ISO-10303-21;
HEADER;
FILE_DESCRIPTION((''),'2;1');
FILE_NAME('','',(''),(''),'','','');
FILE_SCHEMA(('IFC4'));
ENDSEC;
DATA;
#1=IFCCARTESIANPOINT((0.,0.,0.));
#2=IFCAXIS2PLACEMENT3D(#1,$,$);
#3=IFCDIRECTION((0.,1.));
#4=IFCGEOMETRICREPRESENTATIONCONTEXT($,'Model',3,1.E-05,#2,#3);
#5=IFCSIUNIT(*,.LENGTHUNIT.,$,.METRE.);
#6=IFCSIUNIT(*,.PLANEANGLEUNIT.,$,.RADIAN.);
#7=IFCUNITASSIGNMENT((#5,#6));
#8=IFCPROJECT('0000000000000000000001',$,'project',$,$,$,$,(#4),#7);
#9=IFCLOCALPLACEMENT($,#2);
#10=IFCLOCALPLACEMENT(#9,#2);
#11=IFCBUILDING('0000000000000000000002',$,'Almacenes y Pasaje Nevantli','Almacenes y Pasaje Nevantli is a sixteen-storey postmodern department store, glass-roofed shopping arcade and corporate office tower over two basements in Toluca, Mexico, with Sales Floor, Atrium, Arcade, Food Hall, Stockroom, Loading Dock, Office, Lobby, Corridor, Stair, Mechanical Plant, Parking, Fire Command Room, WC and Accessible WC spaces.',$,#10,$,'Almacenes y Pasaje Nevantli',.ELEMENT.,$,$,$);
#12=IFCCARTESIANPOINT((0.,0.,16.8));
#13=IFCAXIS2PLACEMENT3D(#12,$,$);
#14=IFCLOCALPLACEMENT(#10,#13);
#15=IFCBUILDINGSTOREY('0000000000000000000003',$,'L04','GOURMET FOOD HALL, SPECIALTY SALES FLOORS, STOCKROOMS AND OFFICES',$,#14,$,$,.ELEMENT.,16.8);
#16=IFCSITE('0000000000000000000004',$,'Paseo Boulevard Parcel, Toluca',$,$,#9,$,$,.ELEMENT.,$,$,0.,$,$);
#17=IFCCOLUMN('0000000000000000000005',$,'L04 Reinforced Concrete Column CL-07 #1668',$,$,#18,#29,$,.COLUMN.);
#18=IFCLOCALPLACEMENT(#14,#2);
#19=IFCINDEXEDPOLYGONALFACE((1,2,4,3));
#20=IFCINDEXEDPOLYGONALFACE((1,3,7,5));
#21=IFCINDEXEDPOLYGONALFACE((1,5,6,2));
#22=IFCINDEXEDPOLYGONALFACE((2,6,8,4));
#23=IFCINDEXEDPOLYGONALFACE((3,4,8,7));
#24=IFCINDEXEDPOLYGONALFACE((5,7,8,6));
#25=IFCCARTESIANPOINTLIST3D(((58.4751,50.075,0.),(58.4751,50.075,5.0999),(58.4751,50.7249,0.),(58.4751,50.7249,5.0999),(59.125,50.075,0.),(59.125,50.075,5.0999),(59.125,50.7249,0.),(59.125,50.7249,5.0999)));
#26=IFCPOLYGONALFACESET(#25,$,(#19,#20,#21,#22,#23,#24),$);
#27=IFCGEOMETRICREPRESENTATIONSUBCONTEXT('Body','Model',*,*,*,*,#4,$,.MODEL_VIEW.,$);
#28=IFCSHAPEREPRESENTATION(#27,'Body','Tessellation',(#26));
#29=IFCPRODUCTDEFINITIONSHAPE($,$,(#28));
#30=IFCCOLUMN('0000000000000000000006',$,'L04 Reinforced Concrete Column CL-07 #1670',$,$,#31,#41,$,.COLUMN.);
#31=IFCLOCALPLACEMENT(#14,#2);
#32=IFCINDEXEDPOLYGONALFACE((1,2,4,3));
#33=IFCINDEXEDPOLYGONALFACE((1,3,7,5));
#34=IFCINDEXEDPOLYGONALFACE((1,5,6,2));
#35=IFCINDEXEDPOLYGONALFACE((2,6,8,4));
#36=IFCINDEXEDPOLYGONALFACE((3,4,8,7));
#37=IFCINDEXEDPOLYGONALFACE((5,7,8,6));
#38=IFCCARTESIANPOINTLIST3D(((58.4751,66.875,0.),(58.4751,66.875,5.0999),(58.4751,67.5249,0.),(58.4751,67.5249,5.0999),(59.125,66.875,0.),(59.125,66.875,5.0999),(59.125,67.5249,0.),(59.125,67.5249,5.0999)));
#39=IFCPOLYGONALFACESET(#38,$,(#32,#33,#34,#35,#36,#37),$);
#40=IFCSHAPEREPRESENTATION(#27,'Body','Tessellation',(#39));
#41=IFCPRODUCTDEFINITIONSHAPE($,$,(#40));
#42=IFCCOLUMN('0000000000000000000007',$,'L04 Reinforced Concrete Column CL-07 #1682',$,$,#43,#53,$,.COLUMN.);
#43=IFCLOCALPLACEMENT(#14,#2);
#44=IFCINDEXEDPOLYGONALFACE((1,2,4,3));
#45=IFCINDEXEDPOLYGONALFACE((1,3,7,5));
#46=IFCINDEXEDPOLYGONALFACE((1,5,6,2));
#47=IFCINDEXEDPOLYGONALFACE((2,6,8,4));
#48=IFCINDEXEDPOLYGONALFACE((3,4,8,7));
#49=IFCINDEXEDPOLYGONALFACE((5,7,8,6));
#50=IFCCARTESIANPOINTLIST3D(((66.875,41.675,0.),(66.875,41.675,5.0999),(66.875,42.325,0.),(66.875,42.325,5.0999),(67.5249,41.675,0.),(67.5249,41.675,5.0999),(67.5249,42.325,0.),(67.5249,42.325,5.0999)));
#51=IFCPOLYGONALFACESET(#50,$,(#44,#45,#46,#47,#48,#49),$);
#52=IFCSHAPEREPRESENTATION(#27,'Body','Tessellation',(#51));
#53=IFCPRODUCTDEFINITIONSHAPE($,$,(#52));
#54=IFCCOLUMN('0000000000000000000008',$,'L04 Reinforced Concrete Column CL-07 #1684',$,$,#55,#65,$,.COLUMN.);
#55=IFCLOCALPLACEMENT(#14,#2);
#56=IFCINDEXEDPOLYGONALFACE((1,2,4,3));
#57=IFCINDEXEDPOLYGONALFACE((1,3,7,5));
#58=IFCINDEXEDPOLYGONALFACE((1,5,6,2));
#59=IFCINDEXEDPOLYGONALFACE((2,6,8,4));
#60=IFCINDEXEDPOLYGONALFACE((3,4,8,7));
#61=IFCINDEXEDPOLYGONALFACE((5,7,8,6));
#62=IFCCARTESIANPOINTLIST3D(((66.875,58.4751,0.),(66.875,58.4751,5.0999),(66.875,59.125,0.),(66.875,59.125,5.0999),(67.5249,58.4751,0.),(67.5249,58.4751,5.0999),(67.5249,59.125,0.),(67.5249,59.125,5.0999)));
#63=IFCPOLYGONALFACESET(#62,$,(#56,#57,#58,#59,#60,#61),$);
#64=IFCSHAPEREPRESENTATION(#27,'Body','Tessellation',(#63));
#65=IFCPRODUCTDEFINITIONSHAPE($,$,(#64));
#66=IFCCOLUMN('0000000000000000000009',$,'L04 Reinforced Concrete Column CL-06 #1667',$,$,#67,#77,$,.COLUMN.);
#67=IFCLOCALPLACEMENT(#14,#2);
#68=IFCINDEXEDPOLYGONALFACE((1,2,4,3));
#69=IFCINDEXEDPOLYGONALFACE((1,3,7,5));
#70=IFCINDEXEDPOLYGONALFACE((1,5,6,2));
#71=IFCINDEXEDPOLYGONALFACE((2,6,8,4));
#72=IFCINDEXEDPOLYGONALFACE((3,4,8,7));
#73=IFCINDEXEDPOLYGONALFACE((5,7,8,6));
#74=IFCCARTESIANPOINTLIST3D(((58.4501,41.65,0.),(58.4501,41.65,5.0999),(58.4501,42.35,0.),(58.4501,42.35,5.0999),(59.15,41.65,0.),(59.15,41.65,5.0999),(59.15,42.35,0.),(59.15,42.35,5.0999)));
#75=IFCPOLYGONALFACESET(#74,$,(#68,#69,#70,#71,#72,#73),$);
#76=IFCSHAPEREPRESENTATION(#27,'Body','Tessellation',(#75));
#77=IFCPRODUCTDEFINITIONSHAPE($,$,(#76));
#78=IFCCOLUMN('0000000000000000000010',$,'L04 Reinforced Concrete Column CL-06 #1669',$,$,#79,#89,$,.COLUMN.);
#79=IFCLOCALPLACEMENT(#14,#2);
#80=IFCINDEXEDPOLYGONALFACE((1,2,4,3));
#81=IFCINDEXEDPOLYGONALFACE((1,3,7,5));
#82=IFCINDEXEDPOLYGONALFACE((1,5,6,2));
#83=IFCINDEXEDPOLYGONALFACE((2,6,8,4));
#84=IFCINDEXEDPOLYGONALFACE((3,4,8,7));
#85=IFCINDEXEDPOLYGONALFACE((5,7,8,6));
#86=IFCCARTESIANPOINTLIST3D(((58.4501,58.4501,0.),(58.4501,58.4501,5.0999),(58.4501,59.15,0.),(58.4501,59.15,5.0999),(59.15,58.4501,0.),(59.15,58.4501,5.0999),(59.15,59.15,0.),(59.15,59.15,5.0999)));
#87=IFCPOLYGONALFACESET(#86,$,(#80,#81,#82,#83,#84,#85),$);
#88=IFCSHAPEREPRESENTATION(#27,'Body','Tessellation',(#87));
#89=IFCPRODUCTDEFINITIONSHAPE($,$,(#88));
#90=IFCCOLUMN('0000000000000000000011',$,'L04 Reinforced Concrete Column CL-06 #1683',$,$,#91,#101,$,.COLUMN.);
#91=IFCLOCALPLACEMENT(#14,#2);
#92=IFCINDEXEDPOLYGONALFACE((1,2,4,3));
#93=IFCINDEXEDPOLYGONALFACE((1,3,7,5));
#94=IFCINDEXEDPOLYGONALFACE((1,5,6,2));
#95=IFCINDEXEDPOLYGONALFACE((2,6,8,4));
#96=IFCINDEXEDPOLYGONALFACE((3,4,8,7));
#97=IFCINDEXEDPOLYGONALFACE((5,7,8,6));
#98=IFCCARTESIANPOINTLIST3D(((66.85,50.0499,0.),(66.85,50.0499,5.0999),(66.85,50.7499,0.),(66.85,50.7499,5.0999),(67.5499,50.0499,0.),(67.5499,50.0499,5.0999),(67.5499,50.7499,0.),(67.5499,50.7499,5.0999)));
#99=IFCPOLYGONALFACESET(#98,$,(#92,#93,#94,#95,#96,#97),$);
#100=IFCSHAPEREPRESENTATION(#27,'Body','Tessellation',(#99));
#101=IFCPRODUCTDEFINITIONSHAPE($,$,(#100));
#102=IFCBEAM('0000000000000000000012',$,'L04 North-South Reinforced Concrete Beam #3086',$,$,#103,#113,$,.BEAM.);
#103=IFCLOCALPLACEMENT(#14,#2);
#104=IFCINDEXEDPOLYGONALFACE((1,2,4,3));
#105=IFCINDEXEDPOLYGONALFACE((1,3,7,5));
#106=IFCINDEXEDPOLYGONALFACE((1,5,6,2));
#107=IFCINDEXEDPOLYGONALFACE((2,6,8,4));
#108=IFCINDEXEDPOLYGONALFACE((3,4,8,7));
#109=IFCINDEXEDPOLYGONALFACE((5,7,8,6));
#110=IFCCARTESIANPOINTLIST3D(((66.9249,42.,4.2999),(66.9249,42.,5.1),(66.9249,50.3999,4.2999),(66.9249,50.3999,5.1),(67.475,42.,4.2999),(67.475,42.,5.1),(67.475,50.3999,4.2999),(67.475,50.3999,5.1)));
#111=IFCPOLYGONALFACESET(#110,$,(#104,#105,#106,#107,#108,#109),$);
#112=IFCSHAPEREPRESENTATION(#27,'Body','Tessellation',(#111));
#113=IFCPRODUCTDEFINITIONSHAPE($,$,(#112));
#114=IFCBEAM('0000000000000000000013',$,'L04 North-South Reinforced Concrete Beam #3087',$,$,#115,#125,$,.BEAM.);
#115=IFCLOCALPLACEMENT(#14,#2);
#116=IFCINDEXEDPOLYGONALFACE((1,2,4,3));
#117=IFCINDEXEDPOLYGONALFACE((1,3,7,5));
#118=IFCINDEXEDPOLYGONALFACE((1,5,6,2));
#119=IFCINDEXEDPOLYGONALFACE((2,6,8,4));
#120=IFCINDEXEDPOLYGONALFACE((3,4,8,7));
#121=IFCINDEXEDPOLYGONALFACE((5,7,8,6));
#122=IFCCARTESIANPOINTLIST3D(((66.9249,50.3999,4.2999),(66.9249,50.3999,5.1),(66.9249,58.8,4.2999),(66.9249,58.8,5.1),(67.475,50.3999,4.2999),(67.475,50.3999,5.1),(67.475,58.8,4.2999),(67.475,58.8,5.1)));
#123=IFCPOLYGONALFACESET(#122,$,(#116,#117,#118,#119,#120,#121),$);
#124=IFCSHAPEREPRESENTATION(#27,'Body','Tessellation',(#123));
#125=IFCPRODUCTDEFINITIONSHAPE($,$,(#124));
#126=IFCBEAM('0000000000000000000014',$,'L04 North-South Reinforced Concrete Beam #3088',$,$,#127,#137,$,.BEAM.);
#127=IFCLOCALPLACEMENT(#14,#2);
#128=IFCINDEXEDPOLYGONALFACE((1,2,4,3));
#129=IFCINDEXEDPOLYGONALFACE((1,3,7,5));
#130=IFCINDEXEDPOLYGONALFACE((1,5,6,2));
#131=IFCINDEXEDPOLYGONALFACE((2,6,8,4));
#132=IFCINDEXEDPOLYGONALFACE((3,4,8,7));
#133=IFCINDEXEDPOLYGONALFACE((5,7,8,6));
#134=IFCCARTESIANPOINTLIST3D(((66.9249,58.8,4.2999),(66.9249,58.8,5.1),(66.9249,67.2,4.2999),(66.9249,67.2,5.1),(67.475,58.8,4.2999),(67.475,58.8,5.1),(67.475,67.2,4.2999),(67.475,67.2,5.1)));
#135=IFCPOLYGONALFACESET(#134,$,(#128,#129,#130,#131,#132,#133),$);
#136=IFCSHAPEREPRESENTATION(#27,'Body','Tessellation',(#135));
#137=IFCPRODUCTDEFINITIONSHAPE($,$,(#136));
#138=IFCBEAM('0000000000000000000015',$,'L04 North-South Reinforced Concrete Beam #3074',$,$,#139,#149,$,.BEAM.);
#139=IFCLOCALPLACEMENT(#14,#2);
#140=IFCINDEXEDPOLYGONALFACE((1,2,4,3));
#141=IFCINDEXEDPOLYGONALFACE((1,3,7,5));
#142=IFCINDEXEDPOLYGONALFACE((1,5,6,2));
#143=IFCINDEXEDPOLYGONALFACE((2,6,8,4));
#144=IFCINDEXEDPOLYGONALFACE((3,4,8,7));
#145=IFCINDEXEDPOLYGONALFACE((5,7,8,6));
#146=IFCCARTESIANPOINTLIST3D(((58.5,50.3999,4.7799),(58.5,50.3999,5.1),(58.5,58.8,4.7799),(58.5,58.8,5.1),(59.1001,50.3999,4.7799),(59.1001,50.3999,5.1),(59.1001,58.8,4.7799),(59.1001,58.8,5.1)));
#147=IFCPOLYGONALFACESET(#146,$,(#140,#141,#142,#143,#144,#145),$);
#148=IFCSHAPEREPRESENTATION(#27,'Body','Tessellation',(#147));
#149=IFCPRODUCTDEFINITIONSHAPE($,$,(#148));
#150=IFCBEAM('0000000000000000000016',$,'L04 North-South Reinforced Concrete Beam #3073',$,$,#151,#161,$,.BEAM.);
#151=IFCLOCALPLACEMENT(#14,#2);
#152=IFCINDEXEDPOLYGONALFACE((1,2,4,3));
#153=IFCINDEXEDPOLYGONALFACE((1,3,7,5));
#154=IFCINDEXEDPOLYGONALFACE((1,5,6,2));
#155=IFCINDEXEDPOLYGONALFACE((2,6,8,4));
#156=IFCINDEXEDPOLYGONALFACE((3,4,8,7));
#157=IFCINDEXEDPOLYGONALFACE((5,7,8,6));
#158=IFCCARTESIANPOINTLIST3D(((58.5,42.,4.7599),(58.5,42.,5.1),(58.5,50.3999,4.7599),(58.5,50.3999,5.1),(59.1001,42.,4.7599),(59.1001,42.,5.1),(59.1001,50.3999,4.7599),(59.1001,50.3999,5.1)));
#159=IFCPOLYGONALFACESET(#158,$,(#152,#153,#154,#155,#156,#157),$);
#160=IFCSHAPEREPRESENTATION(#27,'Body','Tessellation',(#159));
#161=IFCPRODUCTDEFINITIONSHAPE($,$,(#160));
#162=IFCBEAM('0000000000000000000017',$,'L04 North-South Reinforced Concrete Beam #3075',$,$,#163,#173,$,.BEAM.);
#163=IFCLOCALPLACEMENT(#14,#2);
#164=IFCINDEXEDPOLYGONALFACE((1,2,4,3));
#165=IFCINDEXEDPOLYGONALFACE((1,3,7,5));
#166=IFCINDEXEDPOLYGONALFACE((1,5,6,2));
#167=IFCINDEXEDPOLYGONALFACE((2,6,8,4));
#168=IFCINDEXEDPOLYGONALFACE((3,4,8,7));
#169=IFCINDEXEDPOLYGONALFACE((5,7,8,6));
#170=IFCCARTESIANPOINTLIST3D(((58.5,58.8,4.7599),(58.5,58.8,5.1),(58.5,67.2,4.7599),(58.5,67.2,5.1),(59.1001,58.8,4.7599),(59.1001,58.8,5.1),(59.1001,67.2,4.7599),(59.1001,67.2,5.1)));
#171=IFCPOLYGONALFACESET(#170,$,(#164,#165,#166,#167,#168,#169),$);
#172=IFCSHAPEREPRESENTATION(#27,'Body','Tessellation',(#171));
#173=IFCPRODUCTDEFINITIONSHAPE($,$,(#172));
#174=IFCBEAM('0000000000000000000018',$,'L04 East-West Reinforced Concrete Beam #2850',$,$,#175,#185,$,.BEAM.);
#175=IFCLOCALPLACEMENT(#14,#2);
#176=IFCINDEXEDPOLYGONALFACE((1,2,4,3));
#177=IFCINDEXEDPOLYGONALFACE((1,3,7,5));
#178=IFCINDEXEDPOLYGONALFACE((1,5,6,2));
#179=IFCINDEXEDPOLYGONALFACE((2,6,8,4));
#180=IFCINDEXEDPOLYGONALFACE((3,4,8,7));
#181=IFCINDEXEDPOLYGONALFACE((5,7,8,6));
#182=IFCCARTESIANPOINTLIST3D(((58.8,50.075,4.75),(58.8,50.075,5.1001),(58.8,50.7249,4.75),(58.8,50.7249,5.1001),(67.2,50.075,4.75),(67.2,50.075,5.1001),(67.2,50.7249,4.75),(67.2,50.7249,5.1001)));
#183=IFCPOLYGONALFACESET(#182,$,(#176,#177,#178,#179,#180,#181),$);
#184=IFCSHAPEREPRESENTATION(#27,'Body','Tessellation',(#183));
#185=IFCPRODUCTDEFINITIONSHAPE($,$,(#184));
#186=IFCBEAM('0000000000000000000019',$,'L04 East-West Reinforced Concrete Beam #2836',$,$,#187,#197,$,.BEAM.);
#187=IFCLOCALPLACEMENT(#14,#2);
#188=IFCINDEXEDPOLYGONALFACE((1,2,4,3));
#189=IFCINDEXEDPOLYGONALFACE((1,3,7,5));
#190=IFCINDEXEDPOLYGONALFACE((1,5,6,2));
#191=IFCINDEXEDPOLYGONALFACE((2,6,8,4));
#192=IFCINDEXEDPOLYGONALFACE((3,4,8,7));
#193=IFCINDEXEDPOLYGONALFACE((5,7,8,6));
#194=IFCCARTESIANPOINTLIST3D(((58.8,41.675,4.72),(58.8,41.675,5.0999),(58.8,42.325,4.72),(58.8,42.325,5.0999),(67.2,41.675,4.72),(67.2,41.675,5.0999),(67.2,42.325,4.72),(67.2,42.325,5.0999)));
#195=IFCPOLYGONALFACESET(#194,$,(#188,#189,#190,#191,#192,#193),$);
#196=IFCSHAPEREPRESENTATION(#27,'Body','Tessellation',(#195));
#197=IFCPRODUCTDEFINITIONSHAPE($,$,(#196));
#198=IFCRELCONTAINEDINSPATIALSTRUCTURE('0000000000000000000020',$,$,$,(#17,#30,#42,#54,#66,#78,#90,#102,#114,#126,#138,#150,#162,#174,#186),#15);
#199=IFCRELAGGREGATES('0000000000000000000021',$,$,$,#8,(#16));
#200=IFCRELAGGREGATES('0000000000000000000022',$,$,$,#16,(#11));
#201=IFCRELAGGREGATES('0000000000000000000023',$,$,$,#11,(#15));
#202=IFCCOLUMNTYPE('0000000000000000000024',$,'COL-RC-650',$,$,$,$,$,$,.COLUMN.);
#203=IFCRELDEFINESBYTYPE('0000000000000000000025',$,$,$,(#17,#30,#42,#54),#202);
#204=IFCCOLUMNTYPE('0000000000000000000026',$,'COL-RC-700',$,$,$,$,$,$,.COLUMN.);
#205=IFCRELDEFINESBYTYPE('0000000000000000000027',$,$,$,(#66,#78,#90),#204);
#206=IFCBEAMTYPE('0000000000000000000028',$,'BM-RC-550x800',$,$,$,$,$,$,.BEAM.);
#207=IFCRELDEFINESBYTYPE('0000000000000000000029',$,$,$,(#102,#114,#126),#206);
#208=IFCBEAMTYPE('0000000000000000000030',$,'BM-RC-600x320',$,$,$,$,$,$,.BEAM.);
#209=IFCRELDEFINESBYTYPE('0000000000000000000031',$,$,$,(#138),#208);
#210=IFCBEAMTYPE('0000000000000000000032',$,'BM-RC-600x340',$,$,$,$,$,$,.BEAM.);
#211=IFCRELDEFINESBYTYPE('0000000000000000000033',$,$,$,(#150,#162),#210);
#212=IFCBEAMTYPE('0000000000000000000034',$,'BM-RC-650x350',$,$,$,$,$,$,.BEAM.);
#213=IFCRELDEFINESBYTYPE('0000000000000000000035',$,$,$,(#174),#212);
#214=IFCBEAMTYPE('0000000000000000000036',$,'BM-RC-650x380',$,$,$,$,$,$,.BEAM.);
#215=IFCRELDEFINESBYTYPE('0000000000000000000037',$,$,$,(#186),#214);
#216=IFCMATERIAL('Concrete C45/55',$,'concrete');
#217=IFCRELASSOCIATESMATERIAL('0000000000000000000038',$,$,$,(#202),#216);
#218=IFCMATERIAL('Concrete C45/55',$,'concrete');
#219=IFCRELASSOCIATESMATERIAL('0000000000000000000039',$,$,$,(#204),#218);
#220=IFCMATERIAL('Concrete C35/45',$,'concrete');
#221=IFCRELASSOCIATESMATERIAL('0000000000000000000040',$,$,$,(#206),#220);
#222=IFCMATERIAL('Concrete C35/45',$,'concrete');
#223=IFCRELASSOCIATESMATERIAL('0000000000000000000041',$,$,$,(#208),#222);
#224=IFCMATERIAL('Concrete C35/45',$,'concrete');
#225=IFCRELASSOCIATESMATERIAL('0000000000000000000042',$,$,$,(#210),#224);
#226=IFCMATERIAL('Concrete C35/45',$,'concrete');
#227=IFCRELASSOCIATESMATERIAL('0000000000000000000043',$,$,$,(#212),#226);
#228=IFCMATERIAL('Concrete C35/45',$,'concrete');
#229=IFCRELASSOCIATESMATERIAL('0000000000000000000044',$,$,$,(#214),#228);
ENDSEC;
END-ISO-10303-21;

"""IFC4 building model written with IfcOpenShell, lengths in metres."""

from ifc_helpers import new_model, si_unit, direction, frame, origin, origin_2d, place, context, subcontext, project, spatial, rectangle, extrude, material, material_profile, profile_set, type_object, element, save


model = new_model("IFC4")

# Units and contexts
model_context = context("Model", 3, precision=1e-05, world=origin(), true_north=direction((0.0, 1.0)))
body_context = subcontext(model_context, "Body", "Model", "MODEL_VIEW")
ifc_project = project(units=[si_unit("LENGTHUNIT", "METRE"), si_unit("PLANEANGLEUNIT", "RADIAN")], contexts=[model_context])

# Site, building, storey
site_placement = place(None, origin())
site = spatial("IfcSite", under=ifc_project, at=site_placement, Name="Paseo Boulevard Parcel, Toluca", CompositionType="ELEMENT", RefElevation=0.0)
building_placement = place(site_placement, origin())
building = spatial("IfcBuilding", under=site, at=building_placement, Name="Almacenes y Pasaje Nevantli", Description="Almacenes y Pasaje Nevantli is a sixteen-storey postmodern department store, glass-roofed shopping arcade and corporate office tower over two basements in Toluca, Mexico, with Sales Floor, Atrium, Arcade, Food Hall, Stockroom, Loading Dock, Office, Lobby, Corridor, Stair, Mechanical Plant, Parking, Fire Command Room, WC and Accessible WC spaces.", LongName="Almacenes y Pasaje Nevantli", CompositionType="ELEMENT")
storey_placement = place(building_placement, frame((0.0, 0.0, 16.8)))
storey = spatial("IfcBuildingStorey", under=building, at=storey_placement, Name="L04", Description="GOURMET FOOD HALL, SPECIALTY SALES FLOORS, STOCKROOMS AND OFFICES", CompositionType="ELEMENT", Elevation=16.8)

# Columns
ifc_material_1 = material(Name="Concrete C45/55", Category="concrete")
ifc_material_profile_1 = material_profile(ifc_material_1, rectangle(XDim=0.6499, YDim=0.6499, at=origin_2d()), Name="RC-COL-650x650")
ifc_profile_set_1 = profile_set([ifc_material_profile_1], Name="Concrete C45/55")
column_type_1 = type_object("IfcColumnType", Name="COL-RC-650", PredefinedType="COLUMN", material=ifc_profile_set_1)
for number, where, z_axis, x_axis, name in (
    (1, (58.8, 50.3999, 0.0), (0.0, 0.0, 1.0), (1.0, 0.0, 0.0), "L04 Reinforced Concrete Column CL-07 #1668"),
    (2, (58.8, 67.2, 0.0), (0.0, 0.0, 1.0), (1.0, 0.0, 0.0), "L04 Reinforced Concrete Column CL-07 #1670"),
    (3, (67.2, 42.0, 0.0), (0.0, 0.0, 1.0), (1.0, 0.0, 0.0), "L04 Reinforced Concrete Column CL-07 #1682"),
    (4, (67.2, 58.8, 0.0), (0.0, 0.0, 1.0), (1.0, 0.0, 0.0), "L04 Reinforced Concrete Column CL-07 #1684"),
):
    element("IfcColumn", number, at=place(storey_placement, frame(where, z_axis=z_axis, x_axis=x_axis)), inside=storey, type_object=column_type_1, Name=name, PredefinedType="COLUMN", context=body_context, shape_type="SweptSolid", body=[
        extrude(rectangle(XDim=0.6499, YDim=0.6499, at=origin_2d()), origin(), (0.0, 0.0, 1.0), 5.0999),
    ])
ifc_material_2 = material(Name="Concrete C45/55", Category="concrete")
ifc_material_profile_2 = material_profile(ifc_material_2, rectangle(XDim=0.7, YDim=0.7, at=origin_2d()), Name="RC-COL-700x700")
ifc_profile_set_2 = profile_set([ifc_material_profile_2], Name="Concrete C45/55")
column_type_2 = type_object("IfcColumnType", Name="COL-RC-700", PredefinedType="COLUMN", material=ifc_profile_set_2)
for number, where, z_axis, x_axis, name in (
    (5, (58.8, 42.0, 0.0), (0.0, 0.0, 1.0), (1.0, 0.0, 0.0), "L04 Reinforced Concrete Column CL-06 #1667"),
    (6, (58.8, 58.8, 0.0), (0.0, 0.0, 1.0), (1.0, 0.0, 0.0), "L04 Reinforced Concrete Column CL-06 #1669"),
    (7, (67.2, 50.3999, 0.0), (0.0, 0.0, 1.0), (1.0, 0.0, 0.0), "L04 Reinforced Concrete Column CL-06 #1683"),
):
    element("IfcColumn", number, at=place(storey_placement, frame(where, z_axis=z_axis, x_axis=x_axis)), inside=storey, type_object=column_type_2, Name=name, PredefinedType="COLUMN", context=body_context, shape_type="SweptSolid", body=[
        extrude(rectangle(XDim=0.7, YDim=0.7, at=origin_2d()), origin(), (0.0, 0.0, 1.0), 5.0999),
    ])

# Beams
ifc_material_3 = material(Name="Concrete C35/45", Category="concrete")
ifc_material_profile_3 = material_profile(ifc_material_3, rectangle(XDim=0.55, YDim=0.8, at=origin_2d()), Name="RC-BM-550x800")
ifc_profile_set_3 = profile_set([ifc_material_profile_3], Name="Concrete C35/45")
beam_type_1 = type_object("IfcBeamType", Name="BM-RC-550x800", PredefinedType="BEAM", material=ifc_profile_set_3)
beam_1_placement = place(storey_placement, frame((67.2, 42.0, 4.7), z_axis=(0.0, 1.0, 0.0), x_axis=(-1.0, 0.0, 0.0)))
element("IfcBeam", 8, at=beam_1_placement, inside=storey, type_object=beam_type_1, Name="L04 North-South Reinforced Concrete Beam #3086", PredefinedType="BEAM", context=body_context, shape_type="SweptSolid", body=[
    extrude(rectangle(XDim=0.55, YDim=0.8, at=origin_2d()), origin(), (0.0, 0.0, 1.0), 8.3999),
])
beam_2_placement = place(storey_placement, frame((67.2, 50.3999, 4.7), z_axis=(0.0, 1.0, 0.0), x_axis=(-1.0, 0.0, 0.0)))
element("IfcBeam", 9, at=beam_2_placement, inside=storey, type_object=beam_type_1, Name="L04 North-South Reinforced Concrete Beam #3087", PredefinedType="BEAM", context=body_context, shape_type="SweptSolid", body=[
    extrude(rectangle(XDim=0.55, YDim=0.8, at=origin_2d()), origin(), (0.0, 0.0, 1.0), 8.4001),
])
beam_3_placement = place(storey_placement, frame((67.2, 58.8, 4.7), z_axis=(0.0, 1.0, 0.0), x_axis=(-1.0, 0.0, 0.0)))
element("IfcBeam", 10, at=beam_3_placement, inside=storey, type_object=beam_type_1, Name="L04 North-South Reinforced Concrete Beam #3088", PredefinedType="BEAM", context=body_context, shape_type="SweptSolid", body=[
    extrude(rectangle(XDim=0.55, YDim=0.8, at=origin_2d()), origin(), (0.0, 0.0, 1.0), 8.3999),
])
ifc_material_4 = material(Name="Concrete C35/45", Category="concrete")
ifc_material_profile_4 = material_profile(ifc_material_4, rectangle(XDim=0.6001, YDim=0.3201, at=origin_2d()), Name="RC-BM-600x320")
ifc_profile_set_4 = profile_set([ifc_material_profile_4], Name="Concrete C35/45")
beam_type_2 = type_object("IfcBeamType", Name="BM-RC-600x320", PredefinedType="BEAM", material=ifc_profile_set_4)
beam_4_placement = place(storey_placement, frame((58.8, 50.3999, 4.9399), z_axis=(0.0, 1.0, 0.0), x_axis=(-1.0, 0.0, 0.0)))
element("IfcBeam", 11, at=beam_4_placement, inside=storey, type_object=beam_type_2, Name="L04 North-South Reinforced Concrete Beam #3074", PredefinedType="BEAM", context=body_context, shape_type="SweptSolid", body=[
    extrude(rectangle(XDim=0.6001, YDim=0.3201, at=origin_2d()), origin(), (0.0, 0.0, 1.0), 8.4001),
])
ifc_material_5 = material(Name="Concrete C35/45", Category="concrete")
ifc_material_profile_5 = material_profile(ifc_material_5, rectangle(XDim=0.6001, YDim=0.3401, at=origin_2d()), Name="RC-BM-600x340")
ifc_profile_set_5 = profile_set([ifc_material_profile_5], Name="Concrete C35/45")
beam_type_3 = type_object("IfcBeamType", Name="BM-RC-600x340", PredefinedType="BEAM", material=ifc_profile_set_5)
for number, where, z_axis, x_axis, name in (
    (12, (58.8, 42.0, 4.9299), (0.0, 1.0, 0.0), (-1.0, 0.0, 0.0), "L04 North-South Reinforced Concrete Beam #3073"),
    (13, (58.8, 58.8, 4.9299), (0.0, 1.0, 0.0), (-1.0, 0.0, 0.0), "L04 North-South Reinforced Concrete Beam #3075"),
):
    element("IfcBeam", number, at=place(storey_placement, frame(where, z_axis=z_axis, x_axis=x_axis)), inside=storey, type_object=beam_type_3, Name=name, PredefinedType="BEAM", context=body_context, shape_type="SweptSolid", body=[
        extrude(rectangle(XDim=0.6001, YDim=0.3401, at=origin_2d()), origin(), (0.0, 0.0, 1.0), 8.3999),
    ])
ifc_material_6 = material(Name="Concrete C35/45", Category="concrete")
ifc_material_profile_6 = material_profile(ifc_material_6, rectangle(XDim=0.6499, YDim=0.3501, at=origin_2d()), Name="RC-BM-650x350")
ifc_profile_set_6 = profile_set([ifc_material_profile_6], Name="Concrete C35/45")
beam_type_4 = type_object("IfcBeamType", Name="BM-RC-650x350", PredefinedType="BEAM", material=ifc_profile_set_6)
beam_5_placement = place(storey_placement, frame((58.8, 50.3999, 4.925), z_axis=(1.0, 0.0, 0.0), x_axis=(0.0, 1.0, 0.0)))
element("IfcBeam", 14, at=beam_5_placement, inside=storey, type_object=beam_type_4, Name="L04 East-West Reinforced Concrete Beam #2850", PredefinedType="BEAM", context=body_context, shape_type="SweptSolid", body=[
    extrude(rectangle(XDim=0.6499, YDim=0.3501, at=origin_2d()), origin(), (0.0, 0.0, 1.0), 8.3999),
])
ifc_material_7 = material(Name="Concrete C35/45", Category="concrete")
ifc_material_profile_7 = material_profile(ifc_material_7, rectangle(XDim=0.6499, YDim=0.3799, at=origin_2d()), Name="RC-BM-650x380")
ifc_profile_set_7 = profile_set([ifc_material_profile_7], Name="Concrete C35/45")
beam_type_5 = type_object("IfcBeamType", Name="BM-RC-650x380", PredefinedType="BEAM", material=ifc_profile_set_7)
for number, where, z_axis, x_axis, name in (
    (15, (58.8, 42.0, 4.9099), (1.0, 0.0, 0.0), (0.0, 1.0, 0.0), "L04 East-West Reinforced Concrete Beam #2836"),
):
    element("IfcBeam", number, at=place(storey_placement, frame(where, z_axis=z_axis, x_axis=x_axis)), inside=storey, type_object=beam_type_5, Name=name, PredefinedType="BEAM", context=body_context, shape_type="SweptSolid", body=[
        extrude(rectangle(XDim=0.6499, YDim=0.3799, at=origin_2d()), origin(), (0.0, 0.0, 1.0), 8.3999),
    ])

save(model, "model.ifc")
